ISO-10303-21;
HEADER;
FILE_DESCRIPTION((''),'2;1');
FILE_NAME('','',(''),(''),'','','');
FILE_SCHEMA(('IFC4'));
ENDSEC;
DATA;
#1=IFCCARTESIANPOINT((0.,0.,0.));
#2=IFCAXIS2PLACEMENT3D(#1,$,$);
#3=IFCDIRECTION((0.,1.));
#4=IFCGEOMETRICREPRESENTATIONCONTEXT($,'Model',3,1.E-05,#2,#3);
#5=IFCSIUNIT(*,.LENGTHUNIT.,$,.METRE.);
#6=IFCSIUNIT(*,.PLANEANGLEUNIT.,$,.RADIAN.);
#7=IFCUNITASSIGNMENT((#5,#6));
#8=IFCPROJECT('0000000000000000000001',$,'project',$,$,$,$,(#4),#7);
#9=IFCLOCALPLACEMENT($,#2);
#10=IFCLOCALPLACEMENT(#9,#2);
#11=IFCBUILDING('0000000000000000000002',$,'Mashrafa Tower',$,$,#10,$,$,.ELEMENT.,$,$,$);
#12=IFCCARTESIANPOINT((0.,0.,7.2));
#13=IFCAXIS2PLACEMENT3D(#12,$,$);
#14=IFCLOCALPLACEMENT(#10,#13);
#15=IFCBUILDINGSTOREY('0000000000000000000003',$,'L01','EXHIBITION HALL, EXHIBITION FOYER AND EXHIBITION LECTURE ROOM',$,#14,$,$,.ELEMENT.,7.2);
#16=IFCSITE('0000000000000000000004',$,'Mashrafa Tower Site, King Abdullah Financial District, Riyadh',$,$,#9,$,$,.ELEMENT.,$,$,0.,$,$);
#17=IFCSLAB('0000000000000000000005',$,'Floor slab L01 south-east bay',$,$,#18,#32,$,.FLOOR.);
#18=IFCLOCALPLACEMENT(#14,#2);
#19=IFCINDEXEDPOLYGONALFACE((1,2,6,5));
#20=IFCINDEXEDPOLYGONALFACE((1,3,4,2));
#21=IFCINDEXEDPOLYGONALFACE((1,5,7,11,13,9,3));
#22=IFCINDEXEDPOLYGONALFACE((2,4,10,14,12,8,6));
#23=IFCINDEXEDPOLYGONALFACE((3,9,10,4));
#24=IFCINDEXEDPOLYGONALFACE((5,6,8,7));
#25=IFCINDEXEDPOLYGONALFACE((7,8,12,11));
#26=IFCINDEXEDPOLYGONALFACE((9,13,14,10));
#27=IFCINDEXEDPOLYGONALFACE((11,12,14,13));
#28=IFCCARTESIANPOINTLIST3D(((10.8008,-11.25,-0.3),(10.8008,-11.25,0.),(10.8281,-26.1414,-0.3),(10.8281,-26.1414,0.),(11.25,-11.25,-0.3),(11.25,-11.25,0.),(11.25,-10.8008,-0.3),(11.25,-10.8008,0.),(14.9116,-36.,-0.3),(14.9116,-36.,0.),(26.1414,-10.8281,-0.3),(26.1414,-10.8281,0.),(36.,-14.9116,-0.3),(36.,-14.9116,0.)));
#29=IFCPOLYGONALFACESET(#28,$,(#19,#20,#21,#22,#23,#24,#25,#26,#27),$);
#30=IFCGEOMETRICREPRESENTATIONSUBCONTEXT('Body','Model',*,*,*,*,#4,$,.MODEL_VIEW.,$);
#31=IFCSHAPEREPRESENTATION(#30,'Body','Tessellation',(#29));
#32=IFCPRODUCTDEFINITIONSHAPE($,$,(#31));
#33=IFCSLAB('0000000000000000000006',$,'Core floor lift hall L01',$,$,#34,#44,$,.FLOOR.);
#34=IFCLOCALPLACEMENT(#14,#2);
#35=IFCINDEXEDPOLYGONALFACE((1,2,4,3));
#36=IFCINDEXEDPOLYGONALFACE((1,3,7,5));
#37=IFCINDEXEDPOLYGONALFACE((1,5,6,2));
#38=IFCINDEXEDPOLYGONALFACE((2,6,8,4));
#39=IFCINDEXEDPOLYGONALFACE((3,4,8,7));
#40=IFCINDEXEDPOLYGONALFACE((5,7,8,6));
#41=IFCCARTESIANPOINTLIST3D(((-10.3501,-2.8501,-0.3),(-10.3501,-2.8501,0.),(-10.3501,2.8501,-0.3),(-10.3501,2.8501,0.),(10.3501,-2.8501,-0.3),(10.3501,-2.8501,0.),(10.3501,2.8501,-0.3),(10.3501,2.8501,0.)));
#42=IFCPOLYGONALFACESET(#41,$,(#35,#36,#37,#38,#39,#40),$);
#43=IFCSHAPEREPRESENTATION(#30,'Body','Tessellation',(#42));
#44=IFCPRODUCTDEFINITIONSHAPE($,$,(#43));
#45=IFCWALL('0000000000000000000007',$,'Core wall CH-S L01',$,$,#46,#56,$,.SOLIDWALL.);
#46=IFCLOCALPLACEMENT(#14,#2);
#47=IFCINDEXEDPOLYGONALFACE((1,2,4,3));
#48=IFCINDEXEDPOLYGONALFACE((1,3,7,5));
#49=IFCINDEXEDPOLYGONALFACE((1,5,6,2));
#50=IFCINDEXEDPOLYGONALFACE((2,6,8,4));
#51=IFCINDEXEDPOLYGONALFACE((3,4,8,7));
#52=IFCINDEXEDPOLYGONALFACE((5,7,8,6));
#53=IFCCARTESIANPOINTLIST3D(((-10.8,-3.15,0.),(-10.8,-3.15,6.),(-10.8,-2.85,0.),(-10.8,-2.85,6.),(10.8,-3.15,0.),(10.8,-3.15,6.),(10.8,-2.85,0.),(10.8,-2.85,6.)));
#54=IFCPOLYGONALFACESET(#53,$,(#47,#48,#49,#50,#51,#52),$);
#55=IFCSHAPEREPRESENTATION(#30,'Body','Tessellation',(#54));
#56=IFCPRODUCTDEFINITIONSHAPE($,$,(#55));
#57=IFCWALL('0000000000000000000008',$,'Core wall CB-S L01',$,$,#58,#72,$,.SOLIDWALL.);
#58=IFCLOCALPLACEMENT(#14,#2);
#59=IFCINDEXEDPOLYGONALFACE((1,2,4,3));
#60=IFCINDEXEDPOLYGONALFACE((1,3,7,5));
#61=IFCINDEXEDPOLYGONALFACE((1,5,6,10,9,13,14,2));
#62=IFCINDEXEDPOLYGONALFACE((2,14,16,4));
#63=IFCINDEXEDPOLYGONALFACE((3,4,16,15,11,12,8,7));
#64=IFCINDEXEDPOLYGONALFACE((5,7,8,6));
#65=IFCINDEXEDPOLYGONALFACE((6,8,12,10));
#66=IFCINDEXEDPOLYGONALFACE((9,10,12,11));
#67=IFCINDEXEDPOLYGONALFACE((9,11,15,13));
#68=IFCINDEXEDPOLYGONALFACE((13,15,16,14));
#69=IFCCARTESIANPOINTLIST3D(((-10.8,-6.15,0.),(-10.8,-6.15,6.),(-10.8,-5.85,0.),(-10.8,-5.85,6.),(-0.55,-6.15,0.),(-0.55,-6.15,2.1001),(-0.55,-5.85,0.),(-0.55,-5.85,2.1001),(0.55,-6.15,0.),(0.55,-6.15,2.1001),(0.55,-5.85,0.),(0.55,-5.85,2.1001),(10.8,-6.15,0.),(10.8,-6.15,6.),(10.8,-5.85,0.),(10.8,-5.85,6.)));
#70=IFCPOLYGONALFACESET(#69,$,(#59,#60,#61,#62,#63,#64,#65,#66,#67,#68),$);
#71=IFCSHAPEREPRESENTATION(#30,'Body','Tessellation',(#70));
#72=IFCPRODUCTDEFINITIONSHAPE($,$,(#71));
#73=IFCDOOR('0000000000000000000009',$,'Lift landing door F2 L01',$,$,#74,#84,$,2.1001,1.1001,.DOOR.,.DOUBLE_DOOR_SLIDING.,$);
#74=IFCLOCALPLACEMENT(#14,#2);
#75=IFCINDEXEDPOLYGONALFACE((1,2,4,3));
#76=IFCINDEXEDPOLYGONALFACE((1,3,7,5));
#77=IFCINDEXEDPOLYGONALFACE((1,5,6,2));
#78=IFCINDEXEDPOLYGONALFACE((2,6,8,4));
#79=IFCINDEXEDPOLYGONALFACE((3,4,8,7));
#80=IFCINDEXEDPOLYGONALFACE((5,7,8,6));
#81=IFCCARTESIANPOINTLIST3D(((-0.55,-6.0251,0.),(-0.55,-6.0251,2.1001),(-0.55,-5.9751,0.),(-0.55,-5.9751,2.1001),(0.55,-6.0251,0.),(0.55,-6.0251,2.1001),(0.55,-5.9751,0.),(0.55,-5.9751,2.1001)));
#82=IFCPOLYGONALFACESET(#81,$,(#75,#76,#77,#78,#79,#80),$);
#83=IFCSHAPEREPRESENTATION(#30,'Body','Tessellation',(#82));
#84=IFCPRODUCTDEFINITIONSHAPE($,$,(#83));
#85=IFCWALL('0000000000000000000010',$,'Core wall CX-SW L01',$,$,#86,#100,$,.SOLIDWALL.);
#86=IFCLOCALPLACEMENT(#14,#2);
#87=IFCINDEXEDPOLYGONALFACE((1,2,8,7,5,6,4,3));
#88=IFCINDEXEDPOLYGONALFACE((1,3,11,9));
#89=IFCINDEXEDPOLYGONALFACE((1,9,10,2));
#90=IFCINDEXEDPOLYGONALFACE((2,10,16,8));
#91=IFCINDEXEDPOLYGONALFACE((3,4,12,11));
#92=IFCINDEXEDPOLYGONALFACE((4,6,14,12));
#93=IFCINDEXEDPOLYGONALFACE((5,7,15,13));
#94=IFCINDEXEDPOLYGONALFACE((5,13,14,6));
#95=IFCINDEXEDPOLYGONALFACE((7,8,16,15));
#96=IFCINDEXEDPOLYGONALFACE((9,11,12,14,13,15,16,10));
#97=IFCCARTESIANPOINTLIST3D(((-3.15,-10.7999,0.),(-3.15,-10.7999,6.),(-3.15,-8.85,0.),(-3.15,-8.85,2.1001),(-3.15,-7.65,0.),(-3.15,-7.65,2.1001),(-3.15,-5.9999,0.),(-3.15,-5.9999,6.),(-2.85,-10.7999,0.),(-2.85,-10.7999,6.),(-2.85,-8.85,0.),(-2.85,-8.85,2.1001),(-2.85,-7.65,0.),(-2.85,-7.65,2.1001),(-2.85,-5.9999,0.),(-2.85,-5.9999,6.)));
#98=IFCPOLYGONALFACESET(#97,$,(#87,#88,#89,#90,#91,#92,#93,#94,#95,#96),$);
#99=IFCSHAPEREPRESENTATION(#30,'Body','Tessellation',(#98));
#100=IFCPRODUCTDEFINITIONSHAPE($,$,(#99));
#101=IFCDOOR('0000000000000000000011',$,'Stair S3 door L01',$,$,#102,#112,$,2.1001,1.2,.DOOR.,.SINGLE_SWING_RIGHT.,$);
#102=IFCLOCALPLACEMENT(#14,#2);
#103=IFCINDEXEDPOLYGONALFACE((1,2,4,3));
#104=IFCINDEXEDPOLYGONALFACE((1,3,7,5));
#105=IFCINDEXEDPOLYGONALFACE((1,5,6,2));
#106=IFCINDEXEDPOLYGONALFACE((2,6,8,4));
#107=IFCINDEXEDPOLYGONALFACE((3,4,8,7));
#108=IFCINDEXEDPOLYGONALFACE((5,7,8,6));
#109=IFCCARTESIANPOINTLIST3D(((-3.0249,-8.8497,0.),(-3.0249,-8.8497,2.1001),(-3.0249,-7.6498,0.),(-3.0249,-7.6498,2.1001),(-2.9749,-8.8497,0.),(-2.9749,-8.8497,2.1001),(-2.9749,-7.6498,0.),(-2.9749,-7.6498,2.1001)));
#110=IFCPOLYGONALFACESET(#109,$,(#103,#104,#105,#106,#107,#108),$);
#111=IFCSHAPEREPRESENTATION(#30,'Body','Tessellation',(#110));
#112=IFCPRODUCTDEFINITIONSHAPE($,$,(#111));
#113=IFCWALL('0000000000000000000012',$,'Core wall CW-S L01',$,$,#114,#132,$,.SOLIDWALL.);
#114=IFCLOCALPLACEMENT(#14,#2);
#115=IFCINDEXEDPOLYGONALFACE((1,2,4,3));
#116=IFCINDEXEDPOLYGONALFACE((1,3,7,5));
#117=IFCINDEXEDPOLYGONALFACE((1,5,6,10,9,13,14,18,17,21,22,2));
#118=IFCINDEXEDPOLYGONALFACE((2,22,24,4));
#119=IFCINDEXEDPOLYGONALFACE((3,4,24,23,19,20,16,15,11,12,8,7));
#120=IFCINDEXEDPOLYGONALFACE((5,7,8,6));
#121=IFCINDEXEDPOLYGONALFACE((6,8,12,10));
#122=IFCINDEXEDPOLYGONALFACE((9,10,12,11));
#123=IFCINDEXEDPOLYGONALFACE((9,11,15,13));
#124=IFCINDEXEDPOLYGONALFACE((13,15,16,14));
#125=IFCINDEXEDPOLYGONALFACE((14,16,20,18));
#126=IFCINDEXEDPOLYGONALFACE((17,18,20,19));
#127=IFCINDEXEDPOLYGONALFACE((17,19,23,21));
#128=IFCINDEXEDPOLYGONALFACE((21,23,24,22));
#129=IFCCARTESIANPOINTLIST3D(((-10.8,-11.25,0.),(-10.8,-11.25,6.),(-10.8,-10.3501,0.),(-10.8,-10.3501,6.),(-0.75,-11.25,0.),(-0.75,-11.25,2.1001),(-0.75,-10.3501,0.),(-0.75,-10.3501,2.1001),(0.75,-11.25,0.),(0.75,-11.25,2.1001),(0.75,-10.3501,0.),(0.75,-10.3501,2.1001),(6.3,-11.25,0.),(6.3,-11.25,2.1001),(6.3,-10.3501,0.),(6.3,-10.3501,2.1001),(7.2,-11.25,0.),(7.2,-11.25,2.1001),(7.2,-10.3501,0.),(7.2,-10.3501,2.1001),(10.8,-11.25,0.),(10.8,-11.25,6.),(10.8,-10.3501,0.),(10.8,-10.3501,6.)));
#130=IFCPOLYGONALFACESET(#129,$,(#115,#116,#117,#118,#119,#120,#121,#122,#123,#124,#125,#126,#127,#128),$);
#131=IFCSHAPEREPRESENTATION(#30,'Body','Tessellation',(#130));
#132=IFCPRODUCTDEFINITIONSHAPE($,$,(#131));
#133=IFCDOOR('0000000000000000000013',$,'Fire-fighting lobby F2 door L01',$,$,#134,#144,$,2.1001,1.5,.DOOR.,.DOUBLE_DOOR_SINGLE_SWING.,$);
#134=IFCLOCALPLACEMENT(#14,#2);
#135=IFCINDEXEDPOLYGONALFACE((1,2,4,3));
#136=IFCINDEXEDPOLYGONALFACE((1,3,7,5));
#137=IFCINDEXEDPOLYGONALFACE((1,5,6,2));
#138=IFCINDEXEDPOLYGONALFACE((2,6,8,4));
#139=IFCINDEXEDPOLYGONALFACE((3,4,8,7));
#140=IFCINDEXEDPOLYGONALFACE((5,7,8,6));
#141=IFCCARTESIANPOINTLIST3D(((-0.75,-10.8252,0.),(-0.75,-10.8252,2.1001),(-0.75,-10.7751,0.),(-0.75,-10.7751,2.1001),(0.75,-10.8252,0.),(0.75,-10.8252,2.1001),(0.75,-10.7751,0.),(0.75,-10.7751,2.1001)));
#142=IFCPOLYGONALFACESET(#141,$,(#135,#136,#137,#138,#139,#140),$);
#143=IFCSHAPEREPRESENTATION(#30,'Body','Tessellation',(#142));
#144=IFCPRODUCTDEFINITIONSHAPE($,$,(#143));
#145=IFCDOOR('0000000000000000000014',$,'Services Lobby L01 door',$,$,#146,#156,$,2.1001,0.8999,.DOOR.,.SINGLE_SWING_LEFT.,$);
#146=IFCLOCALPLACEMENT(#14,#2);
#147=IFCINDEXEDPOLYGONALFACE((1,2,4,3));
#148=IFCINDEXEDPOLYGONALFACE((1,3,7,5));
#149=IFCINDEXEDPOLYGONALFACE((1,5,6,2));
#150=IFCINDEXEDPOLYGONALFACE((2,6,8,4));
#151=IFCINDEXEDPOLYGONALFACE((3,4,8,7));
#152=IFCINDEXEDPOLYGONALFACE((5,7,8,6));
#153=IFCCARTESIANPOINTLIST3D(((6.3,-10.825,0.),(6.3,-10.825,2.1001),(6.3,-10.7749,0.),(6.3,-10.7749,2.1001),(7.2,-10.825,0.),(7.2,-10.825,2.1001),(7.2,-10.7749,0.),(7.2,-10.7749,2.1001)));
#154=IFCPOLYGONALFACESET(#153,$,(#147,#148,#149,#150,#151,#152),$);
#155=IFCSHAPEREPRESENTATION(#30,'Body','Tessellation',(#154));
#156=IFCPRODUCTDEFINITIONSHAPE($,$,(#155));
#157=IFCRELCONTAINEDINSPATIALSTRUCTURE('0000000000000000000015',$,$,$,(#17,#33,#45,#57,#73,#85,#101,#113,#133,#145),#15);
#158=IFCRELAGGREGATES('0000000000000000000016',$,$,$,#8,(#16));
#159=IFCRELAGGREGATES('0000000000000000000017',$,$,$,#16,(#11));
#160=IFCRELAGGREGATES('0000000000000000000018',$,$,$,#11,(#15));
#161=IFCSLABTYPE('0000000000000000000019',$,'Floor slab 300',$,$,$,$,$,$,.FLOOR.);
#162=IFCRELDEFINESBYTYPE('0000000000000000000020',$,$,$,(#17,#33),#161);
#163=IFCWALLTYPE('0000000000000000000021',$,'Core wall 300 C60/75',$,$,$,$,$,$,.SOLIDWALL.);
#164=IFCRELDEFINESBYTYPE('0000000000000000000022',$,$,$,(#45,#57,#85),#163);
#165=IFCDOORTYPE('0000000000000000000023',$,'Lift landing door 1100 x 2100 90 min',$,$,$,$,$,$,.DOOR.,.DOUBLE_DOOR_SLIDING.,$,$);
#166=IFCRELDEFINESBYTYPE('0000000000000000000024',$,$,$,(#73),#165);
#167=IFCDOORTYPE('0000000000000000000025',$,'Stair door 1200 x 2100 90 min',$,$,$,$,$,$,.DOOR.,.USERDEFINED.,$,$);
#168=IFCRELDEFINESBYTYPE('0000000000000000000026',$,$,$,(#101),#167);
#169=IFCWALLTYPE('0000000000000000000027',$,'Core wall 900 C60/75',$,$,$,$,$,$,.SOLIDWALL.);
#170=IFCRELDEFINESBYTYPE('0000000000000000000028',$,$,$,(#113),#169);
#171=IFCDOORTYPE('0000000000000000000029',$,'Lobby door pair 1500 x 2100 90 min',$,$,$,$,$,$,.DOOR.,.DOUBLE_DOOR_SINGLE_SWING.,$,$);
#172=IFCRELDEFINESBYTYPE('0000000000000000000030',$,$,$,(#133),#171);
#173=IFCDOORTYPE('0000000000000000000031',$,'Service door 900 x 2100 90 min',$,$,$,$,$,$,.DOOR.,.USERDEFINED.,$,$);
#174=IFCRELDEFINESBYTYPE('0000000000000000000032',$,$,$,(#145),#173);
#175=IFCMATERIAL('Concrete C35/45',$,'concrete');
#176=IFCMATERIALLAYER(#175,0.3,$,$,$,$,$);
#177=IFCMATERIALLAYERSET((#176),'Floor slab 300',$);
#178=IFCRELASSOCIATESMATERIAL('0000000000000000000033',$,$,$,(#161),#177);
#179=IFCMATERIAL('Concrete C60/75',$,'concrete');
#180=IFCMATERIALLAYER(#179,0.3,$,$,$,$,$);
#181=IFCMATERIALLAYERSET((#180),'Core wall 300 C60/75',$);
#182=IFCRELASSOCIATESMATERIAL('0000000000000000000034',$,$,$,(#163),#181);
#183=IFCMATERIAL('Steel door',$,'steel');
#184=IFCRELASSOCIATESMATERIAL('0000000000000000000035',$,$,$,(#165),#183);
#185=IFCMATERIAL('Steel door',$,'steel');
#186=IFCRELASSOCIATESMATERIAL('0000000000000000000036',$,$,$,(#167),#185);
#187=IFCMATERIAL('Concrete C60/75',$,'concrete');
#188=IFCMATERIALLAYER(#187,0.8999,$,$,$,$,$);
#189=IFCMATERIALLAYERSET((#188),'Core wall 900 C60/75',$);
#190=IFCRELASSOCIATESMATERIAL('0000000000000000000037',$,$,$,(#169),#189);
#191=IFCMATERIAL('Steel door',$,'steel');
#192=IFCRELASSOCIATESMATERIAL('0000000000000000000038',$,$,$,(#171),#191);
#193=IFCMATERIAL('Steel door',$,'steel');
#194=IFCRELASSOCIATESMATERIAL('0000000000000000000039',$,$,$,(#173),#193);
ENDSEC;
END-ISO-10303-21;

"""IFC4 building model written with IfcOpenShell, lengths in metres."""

from ifc_helpers import new_model, si_unit, direction, frame, frame_2d, origin, place, context, subcontext, project, spatial, polyline, rectangle, outline, extrude, material, layer, layer_set, type_object, element, fill, save


model = new_model("IFC4")

# Units and contexts
model_context = context("Model", 3, precision=1e-05, world=origin(), true_north=direction((0.0, 1.0)))
body_context = subcontext(model_context, "Body", "Model", "MODEL_VIEW")
ifc_project = project(units=[si_unit("LENGTHUNIT", "METRE"), si_unit("PLANEANGLEUNIT", "RADIAN")], contexts=[model_context])

# Site, building, storey
site_placement = place(None, origin())
site = spatial("IfcSite", under=ifc_project, at=site_placement, Name="Mashrafa Tower Site, King Abdullah Financial District, Riyadh", CompositionType="ELEMENT", RefElevation=0.0)
building_placement = place(site_placement, origin())
building = spatial("IfcBuilding", under=site, at=building_placement, Name="Mashrafa Tower", CompositionType="ELEMENT")
storey_placement = place(building_placement, frame((0.0, 0.0, 7.2)))
storey = spatial("IfcBuildingStorey", under=building, at=storey_placement, Name="L01", Description="EXHIBITION HALL, EXHIBITION FOYER AND EXHIBITION LECTURE ROOM", CompositionType="ELEMENT", Elevation=7.2)

# Slabs
ifc_material_1 = material(Name="Concrete C35/45", Category="concrete")
ifc_layer_1 = layer(ifc_material_1, 0.3)
ifc_layer_set_1 = layer_set([ifc_layer_1], Name="Floor slab 300")
slab_type = type_object("IfcSlabType", Name="Floor slab 300", PredefinedType="FLOOR", material=ifc_layer_set_1)
slab_1_placement = place(storey_placement, frame((0.0, 0.0, -0.3)))
element("IfcSlab", 1, at=slab_1_placement, inside=storey, type_object=slab_type, Name="Floor slab L01 south-east bay", PredefinedType="FLOOR", context=body_context, shape_type="SweptSolid", body=[
    extrude(outline(polyline([(14.9116, -36.0), (10.8281, -26.1414), (10.8008, -11.25), (11.25, -11.25), (11.25, -10.8008), (26.1414, -10.8281), (36.0, -14.9116), (14.9116, -36.0)])), origin(), (0.0, 0.0, 1.0), 0.3),
])
slab_2_placement = place(storey_placement, frame((0.0, 0.0, -0.3)))
element("IfcSlab", 2, at=slab_2_placement, inside=storey, type_object=slab_type, Name="Core floor lift hall L01", PredefinedType="FLOOR", context=body_context, shape_type="SweptSolid", body=[
    extrude(outline(polyline([(-10.3501, 2.8501), (10.3501, 2.8501), (10.3501, -2.8501), (-10.3501, -2.8501), (-10.3501, 2.8501)])), origin(), (0.0, 0.0, 1.0), 0.3),
])

# Wall
ifc_material_2 = material(Name="Concrete C60/75", Category="concrete")
ifc_layer_2 = layer(ifc_material_2, 0.3)
ifc_layer_set_2 = layer_set([ifc_layer_2], Name="Core wall 300 C60/75")
wall_type_1 = type_object("IfcWallType", Name="Core wall 300 C60/75", PredefinedType="SOLIDWALL", material=ifc_layer_set_2)
wall_1_placement = place(storey_placement, frame((-10.8, -3.0, 0.0), z_axis=(0.0, 0.0, 1.0), x_axis=(1.0, 0.0, 0.0)))
element("IfcWall", 3, at=wall_1_placement, inside=storey, type_object=wall_type_1, Name="Core wall CH-S L01", PredefinedType="SOLIDWALL", context=body_context, shape_type="SweptSolid", body=[
    extrude(rectangle(XDim=21.6001, YDim=0.3, at=frame_2d((10.8, 0.0))), origin(), (0.0, 0.0, 1.0), 6.0),
])

# Walls, openings, doors
wall_2_placement = place(storey_placement, frame((-10.8, -6.0, 0.0), z_axis=(0.0, 0.0, 1.0), x_axis=(1.0, 0.0, 0.0)))
wall_2 = element("IfcWall", 4, at=wall_2_placement, inside=storey, type_object=wall_type_1, Name="Core wall CB-S L01", PredefinedType="SOLIDWALL", context=body_context, shape_type="SweptSolid", body=[
    extrude(rectangle(XDim=21.6001, YDim=0.3, at=frame_2d((10.8, 0.0))), origin(), (0.0, 0.0, 1.0), 6.0),
])
opening_1_placement = place(wall_2_placement, frame((10.25, 0.0, 0.0)))
opening_1 = element("IfcOpeningElement", 5, at=opening_1_placement, cuts=wall_2, PredefinedType="OPENING", context=body_context, shape_type="SweptSolid", body=[
    extrude(rectangle(XDim=1.1001, YDim=2.1001, at=frame_2d((0.55, 1.05))), frame((0.0, 0.1599, 0.0), z_axis=(0.0, -1.0, 0.0), x_axis=(1.0, 0.0, 0.0)), (0.0, 0.0, 1.0), 0.3201),
])
ifc_material_3 = material(Name="Steel door", Category="steel")
door_type_1 = type_object("IfcDoorType", Name="Lift landing door 1100 x 2100 90 min", OperationType="DOUBLE_DOOR_SLIDING", PredefinedType="DOOR", material=ifc_material_3)
door_1_placement = place(opening_1_placement, origin())
door_1 = element("IfcDoor", 6, at=door_1_placement, inside=storey, type_object=door_type_1, Name="Lift landing door F2 L01", OperationType="DOUBLE_DOOR_SLIDING", OverallHeight=2.1001, OverallWidth=1.1001, PredefinedType="DOOR", context=body_context, shape_type="SweptSolid", body=[
    extrude(rectangle(XDim=1.1001, YDim=2.1001, at=frame_2d((0.55, 1.05))), frame((0.0, 0.0249, 0.0), z_axis=(0.0, -1.0, 0.0), x_axis=(1.0, 0.0, 0.0)), (0.0, 0.0, 1.0), 0.05),
])
fill(opening_1, door_1)
wall_3_placement = place(storey_placement, frame((-3.0, -6.0, 0.0), z_axis=(0.0, 0.0, 1.0), x_axis=(0.0, -1.0, 0.0)))
wall_3 = element("IfcWall", 7, at=wall_3_placement, inside=storey, type_object=wall_type_1, Name="Core wall CX-SW L01", PredefinedType="SOLIDWALL", context=body_context, shape_type="SweptSolid", body=[
    extrude(rectangle(XDim=4.8, YDim=0.3, at=frame_2d((2.3999, 0.0))), origin(), (0.0, 0.0, 1.0), 6.0),
])
opening_2_placement = place(wall_3_placement, frame((1.6499, 0.0, 0.0)))
opening_2 = element("IfcOpeningElement", 8, at=opening_2_placement, cuts=wall_3, PredefinedType="OPENING", context=body_context, shape_type="SweptSolid", body=[
    extrude(rectangle(XDim=1.2, YDim=2.1001, at=frame_2d((0.6001, 1.05))), frame((0.0, 0.1599, 0.0), z_axis=(0.0, -1.0, 0.0), x_axis=(1.0, 0.0, 0.0)), (0.0, 0.0, 1.0), 0.3201),
])
ifc_material_4 = material(Name="Steel door", Category="steel")
door_type_2 = type_object("IfcDoorType", Name="Stair door 1200 x 2100 90 min", OperationType="USERDEFINED", PredefinedType="DOOR", material=ifc_material_4)
door_2_placement = place(opening_2_placement, frame((1.2, 0.0, 0.0), z_axis=(0.0, 0.0, 1.0), x_axis=(-1.0, 0.0, 0.0)))
door_2 = element("IfcDoor", 9, at=door_2_placement, inside=storey, type_object=door_type_2, Name="Stair S3 door L01", OperationType="SINGLE_SWING_RIGHT", OverallHeight=2.1001, OverallWidth=1.2, PredefinedType="DOOR", context=body_context, shape_type="SweptSolid", body=[
    extrude(rectangle(XDim=1.2, YDim=2.1001, at=frame_2d((0.6001, 1.05))), frame((0.0, 0.0249, 0.0), z_axis=(0.0, -1.0, 0.0), x_axis=(1.0, 0.0, 0.0)), (0.0, 0.0, 1.0), 0.05),
])
fill(opening_2, door_2)

# Wall, openings, doors
ifc_material_5 = material(Name="Concrete C60/75", Category="concrete")
ifc_layer_3 = layer(ifc_material_5, 0.8999)
ifc_layer_set_3 = layer_set([ifc_layer_3], Name="Core wall 900 C60/75")
wall_type_2 = type_object("IfcWallType", Name="Core wall 900 C60/75", PredefinedType="SOLIDWALL", material=ifc_layer_set_3)
wall_4_placement = place(storey_placement, frame((-10.8, -10.8, 0.0), z_axis=(0.0, 0.0, 1.0), x_axis=(1.0, 0.0, 0.0)))
wall_4 = element("IfcWall", 10, at=wall_4_placement, inside=storey, type_object=wall_type_2, Name="Core wall CW-S L01", PredefinedType="SOLIDWALL", context=body_context, shape_type="SweptSolid", body=[
    extrude(rectangle(XDim=21.6001, YDim=0.8999, at=frame_2d((10.8, 0.0))), origin(), (0.0, 0.0, 1.0), 6.0),
])
opening_3_placement = place(wall_4_placement, frame((10.05, 0.0, 0.0)))
opening_3 = element("IfcOpeningElement", 11, at=opening_3_placement, cuts=wall_4, PredefinedType="OPENING", context=body_context, shape_type="SweptSolid", body=[
    extrude(rectangle(XDim=1.5, YDim=2.1001, at=frame_2d((0.75, 1.05))), frame((0.0, 0.46, 0.0), z_axis=(0.0, -1.0, 0.0), x_axis=(1.0, 0.0, 0.0)), (0.0, 0.0, 1.0), 0.9199),
])
opening_4_placement = place(wall_4_placement, frame((17.1001, 0.0, 0.0)))
opening_4 = element("IfcOpeningElement", 12, at=opening_4_placement, cuts=wall_4, PredefinedType="OPENING", context=body_context, shape_type="SweptSolid", body=[
    extrude(rectangle(XDim=0.8999, YDim=2.1001, at=frame_2d((0.45, 1.05))), frame((0.0, 0.46, 0.0), z_axis=(0.0, -1.0, 0.0), x_axis=(1.0, 0.0, 0.0)), (0.0, 0.0, 1.0), 0.9199),
])
ifc_material_6 = material(Name="Steel door", Category="steel")
door_type_3 = type_object("IfcDoorType", Name="Lobby door pair 1500 x 2100 90 min", OperationType="DOUBLE_DOOR_SINGLE_SWING", PredefinedType="DOOR", material=ifc_material_6)
door_3_placement = place(opening_3_placement, origin())
door_3 = element("IfcDoor", 13, at=door_3_placement, inside=storey, type_object=door_type_3, Name="Fire-fighting lobby F2 door L01", OperationType="DOUBLE_DOOR_SINGLE_SWING", OverallHeight=2.1001, OverallWidth=1.5, PredefinedType="DOOR", context=body_context, shape_type="SweptSolid", body=[
    extrude(rectangle(XDim=1.5, YDim=2.1001, at=frame_2d((0.75, 1.05))), frame((0.0, 0.0249, 0.0), z_axis=(0.0, -1.0, 0.0), x_axis=(1.0, 0.0, 0.0)), (0.0, 0.0, 1.0), 0.05),
])
fill(opening_3, door_3)
ifc_material_7 = material(Name="Steel door", Category="steel")
door_type_4 = type_object("IfcDoorType", Name="Service door 900 x 2100 90 min", OperationType="USERDEFINED", PredefinedType="DOOR", material=ifc_material_7)
door_4_placement = place(opening_4_placement, frame((0.8999, 0.0, 0.0), z_axis=(0.0, 0.0, 1.0), x_axis=(-1.0, 0.0, 0.0)))
door_4 = element("IfcDoor", 14, at=door_4_placement, inside=storey, type_object=door_type_4, Name="Services Lobby L01 door", OperationType="SINGLE_SWING_LEFT", OverallHeight=2.1001, OverallWidth=0.8999, PredefinedType="DOOR", context=body_context, shape_type="SweptSolid", body=[
    extrude(rectangle(XDim=0.8999, YDim=2.1001, at=frame_2d((0.45, 1.05))), frame((0.0, 0.0249, 0.0), z_axis=(0.0, -1.0, 0.0), x_axis=(1.0, 0.0, 0.0)), (0.0, 0.0, 1.0), 0.05),
])
fill(opening_4, door_4)

save(model, "model.ifc")
